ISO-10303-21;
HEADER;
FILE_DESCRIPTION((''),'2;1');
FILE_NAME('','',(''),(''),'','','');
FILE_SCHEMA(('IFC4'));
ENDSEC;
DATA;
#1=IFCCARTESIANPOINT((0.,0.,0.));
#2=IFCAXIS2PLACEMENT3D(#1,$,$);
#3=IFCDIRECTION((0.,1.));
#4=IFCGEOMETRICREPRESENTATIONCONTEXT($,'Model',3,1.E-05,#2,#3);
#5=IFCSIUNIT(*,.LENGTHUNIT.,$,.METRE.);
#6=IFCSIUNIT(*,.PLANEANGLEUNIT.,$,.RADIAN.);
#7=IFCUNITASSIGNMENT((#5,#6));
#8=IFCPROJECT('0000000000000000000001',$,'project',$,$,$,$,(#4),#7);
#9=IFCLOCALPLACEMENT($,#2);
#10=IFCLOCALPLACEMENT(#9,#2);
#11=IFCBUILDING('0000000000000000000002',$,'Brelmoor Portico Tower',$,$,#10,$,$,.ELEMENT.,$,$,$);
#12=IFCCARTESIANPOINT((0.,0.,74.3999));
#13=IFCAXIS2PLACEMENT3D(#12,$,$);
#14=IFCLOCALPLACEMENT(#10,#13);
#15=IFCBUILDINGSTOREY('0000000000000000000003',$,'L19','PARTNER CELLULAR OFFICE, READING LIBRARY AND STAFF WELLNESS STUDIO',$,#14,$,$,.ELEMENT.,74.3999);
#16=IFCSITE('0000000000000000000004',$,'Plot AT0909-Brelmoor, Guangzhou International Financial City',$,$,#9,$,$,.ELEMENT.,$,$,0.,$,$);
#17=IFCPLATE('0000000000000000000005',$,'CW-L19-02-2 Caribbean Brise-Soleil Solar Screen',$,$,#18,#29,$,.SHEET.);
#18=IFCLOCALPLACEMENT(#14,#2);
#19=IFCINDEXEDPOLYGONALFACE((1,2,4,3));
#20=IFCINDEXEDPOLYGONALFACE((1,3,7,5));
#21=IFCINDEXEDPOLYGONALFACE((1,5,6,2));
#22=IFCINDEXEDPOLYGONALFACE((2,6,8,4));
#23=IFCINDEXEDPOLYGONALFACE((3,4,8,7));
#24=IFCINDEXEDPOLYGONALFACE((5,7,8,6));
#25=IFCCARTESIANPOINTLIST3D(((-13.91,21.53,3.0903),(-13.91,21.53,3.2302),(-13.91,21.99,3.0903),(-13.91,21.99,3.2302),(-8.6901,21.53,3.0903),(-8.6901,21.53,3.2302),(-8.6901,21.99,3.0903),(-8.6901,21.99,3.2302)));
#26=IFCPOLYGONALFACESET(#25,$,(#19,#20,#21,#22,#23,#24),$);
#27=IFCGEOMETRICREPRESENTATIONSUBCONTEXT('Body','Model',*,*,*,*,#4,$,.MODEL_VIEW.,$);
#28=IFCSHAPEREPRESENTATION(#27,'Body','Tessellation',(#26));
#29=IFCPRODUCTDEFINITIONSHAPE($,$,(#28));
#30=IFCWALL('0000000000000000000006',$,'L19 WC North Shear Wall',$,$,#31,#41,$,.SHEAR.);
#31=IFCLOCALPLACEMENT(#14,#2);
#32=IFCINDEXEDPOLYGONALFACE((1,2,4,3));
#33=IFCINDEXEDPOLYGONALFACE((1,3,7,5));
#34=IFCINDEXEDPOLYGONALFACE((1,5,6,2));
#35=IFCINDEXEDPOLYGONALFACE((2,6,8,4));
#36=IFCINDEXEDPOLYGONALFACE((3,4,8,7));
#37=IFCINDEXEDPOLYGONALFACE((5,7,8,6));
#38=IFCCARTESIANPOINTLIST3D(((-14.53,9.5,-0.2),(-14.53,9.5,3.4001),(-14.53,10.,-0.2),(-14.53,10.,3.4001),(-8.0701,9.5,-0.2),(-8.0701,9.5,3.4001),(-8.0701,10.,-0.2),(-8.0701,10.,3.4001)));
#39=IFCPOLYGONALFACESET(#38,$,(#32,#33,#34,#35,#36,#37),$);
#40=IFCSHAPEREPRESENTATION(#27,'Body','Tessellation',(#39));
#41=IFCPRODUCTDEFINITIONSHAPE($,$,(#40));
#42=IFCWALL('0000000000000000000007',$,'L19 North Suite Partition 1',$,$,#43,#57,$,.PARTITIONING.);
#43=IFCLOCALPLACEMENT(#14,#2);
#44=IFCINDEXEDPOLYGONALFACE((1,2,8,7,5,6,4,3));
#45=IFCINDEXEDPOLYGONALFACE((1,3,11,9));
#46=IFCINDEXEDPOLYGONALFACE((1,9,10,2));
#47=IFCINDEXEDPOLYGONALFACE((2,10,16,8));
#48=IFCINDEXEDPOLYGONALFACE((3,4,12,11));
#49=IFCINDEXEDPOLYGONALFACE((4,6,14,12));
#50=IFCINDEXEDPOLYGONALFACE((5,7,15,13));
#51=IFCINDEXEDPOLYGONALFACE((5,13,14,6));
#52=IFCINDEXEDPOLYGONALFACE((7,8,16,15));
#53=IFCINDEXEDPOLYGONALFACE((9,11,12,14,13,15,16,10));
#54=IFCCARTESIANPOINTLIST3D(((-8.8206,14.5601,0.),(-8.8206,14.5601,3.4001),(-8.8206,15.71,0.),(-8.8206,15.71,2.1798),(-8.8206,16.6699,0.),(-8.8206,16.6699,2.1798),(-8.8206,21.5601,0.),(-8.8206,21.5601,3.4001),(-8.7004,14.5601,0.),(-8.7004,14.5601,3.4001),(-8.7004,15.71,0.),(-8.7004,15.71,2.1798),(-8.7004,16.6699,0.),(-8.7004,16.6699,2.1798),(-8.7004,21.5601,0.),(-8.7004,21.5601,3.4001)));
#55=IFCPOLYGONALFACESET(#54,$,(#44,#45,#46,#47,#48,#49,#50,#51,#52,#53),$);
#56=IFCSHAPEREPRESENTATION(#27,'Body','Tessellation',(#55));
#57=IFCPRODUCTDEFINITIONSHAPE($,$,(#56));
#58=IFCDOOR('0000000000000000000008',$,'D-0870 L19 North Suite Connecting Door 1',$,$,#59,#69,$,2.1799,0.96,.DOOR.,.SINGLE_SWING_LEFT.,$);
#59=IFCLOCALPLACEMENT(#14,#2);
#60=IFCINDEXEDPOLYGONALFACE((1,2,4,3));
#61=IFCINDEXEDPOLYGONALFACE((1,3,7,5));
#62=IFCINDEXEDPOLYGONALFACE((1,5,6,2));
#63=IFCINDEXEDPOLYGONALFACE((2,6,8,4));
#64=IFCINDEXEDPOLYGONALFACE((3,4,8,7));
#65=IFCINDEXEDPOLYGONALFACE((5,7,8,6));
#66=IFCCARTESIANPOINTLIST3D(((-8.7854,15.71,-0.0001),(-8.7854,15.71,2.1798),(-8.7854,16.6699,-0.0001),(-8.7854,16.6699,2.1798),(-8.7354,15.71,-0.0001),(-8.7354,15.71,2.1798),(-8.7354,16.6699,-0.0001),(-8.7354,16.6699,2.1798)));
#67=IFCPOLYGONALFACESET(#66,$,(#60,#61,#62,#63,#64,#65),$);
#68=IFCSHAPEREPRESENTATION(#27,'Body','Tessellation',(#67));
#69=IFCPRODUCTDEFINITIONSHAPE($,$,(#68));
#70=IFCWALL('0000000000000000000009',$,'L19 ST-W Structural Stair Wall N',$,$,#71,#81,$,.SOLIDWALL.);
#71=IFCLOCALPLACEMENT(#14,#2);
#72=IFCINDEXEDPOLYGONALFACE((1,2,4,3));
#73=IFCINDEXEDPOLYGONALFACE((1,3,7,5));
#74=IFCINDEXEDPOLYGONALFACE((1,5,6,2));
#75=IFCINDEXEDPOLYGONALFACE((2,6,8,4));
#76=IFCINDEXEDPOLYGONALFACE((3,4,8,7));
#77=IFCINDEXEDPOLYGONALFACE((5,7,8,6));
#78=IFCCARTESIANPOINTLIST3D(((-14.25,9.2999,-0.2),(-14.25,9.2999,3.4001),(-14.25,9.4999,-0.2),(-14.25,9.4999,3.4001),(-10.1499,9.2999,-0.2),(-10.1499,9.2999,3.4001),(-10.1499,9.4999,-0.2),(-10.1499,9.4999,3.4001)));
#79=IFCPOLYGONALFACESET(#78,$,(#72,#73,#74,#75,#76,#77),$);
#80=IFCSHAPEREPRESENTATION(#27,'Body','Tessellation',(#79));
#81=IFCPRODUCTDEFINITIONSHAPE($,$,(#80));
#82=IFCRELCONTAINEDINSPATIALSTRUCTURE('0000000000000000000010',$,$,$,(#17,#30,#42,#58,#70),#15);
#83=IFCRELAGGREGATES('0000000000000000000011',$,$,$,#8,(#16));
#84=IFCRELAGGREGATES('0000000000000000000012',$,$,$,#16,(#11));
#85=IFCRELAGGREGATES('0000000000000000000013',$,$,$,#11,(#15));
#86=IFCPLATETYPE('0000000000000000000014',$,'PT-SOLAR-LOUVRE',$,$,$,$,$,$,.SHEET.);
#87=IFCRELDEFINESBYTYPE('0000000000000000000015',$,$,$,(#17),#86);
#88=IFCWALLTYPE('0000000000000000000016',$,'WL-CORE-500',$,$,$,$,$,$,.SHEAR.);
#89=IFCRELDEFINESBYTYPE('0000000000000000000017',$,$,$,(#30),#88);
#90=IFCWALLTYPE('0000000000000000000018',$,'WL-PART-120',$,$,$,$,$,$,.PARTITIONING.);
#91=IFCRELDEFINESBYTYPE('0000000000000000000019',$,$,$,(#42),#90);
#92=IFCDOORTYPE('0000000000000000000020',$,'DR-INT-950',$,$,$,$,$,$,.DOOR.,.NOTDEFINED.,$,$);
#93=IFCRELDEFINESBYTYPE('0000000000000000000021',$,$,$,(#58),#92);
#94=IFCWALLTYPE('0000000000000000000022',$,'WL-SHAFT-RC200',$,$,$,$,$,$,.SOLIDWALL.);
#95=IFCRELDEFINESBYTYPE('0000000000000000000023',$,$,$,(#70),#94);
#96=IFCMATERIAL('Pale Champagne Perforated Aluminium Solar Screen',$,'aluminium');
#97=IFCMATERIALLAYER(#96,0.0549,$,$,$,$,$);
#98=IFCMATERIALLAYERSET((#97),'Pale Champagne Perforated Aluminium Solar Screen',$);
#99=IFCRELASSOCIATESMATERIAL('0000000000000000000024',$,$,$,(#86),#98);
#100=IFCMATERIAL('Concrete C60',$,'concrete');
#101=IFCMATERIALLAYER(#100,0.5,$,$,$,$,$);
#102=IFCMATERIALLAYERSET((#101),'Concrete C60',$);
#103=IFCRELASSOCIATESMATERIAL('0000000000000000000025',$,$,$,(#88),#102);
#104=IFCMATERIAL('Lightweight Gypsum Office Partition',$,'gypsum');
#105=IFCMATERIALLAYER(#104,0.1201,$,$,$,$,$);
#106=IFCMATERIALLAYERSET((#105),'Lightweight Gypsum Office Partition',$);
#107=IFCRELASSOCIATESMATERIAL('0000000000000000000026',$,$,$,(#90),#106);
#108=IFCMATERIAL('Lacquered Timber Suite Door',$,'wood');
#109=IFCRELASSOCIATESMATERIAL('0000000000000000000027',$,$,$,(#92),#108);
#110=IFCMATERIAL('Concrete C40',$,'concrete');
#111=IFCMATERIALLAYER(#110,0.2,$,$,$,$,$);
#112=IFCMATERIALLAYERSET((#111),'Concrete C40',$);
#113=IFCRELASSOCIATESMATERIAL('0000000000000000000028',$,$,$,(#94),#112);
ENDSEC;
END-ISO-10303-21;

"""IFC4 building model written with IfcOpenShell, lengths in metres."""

from ifc_helpers import new_model, si_unit, direction, frame, frame_2d, origin, origin_2d, place, context, subcontext, project, spatial, rectangle, extrude, material, layer, layer_set, type_object, element, fill, save


model = new_model("IFC4")

# Units and contexts
model_context = context("Model", 3, precision=1e-05, world=origin(), true_north=direction((0.0, 1.0)))
body_context = subcontext(model_context, "Body", "Model", "MODEL_VIEW")
ifc_project = project(units=[si_unit("LENGTHUNIT", "METRE"), si_unit("PLANEANGLEUNIT", "RADIAN")], contexts=[model_context])

# Site, building, storey
site_placement = place(None, origin())
site = spatial("IfcSite", under=ifc_project, at=site_placement, Name="Plot AT0909-Brelmoor, Guangzhou International Financial City", CompositionType="ELEMENT", RefElevation=0.0)
building_placement = place(site_placement, origin())
building = spatial("IfcBuilding", under=site, at=building_placement, Name="Brelmoor Portico Tower", CompositionType="ELEMENT")
storey_placement = place(building_placement, frame((0.0, 0.0, 74.3999)))
storey = spatial("IfcBuildingStorey", under=building, at=storey_placement, Name="L19", Description="PARTNER CELLULAR OFFICE, READING LIBRARY AND STAFF WELLNESS STUDIO", CompositionType="ELEMENT", Elevation=74.3999)

# Plate
ifc_material_1 = material(Name="Pale Champagne Perforated Aluminium Solar Screen", Category="aluminium")
ifc_layer_1 = layer(ifc_material_1, 0.0549)
ifc_layer_set_1 = layer_set([ifc_layer_1], Name="Pale Champagne Perforated Aluminium Solar Screen")
plate_type_1 = type_object("IfcPlateType", Name="PT-SOLAR-LOUVRE", PredefinedType="SHEET", material=ifc_layer_set_1)
for number, where, z_axis, x_axis, name in (
    (1, (-11.3, 21.76, 3.0903), (0.0, 0.0, 1.0), (1.0, 0.0, 0.0), "CW-L19-02-2 Caribbean Brise-Soleil Solar Screen"),
):
    element("IfcPlate", number, at=place(storey_placement, frame(where, z_axis=z_axis, x_axis=x_axis)), inside=storey, type_object=plate_type_1, Name=name, PredefinedType="SHEET", context=body_context, shape_type="SweptSolid", body=[
        extrude(rectangle(XDim=5.22, YDim=0.46, at=origin_2d()), origin(), (0.0, 0.0, 1.0), 0.1399),
    ])

# Wall
ifc_material_2 = material(Name="Concrete C60", Category="concrete")
ifc_layer_2 = layer(ifc_material_2, 0.5)
ifc_layer_set_2 = layer_set([ifc_layer_2], Name="Concrete C60")
wall_type_1 = type_object("IfcWallType", Name="WL-CORE-500", PredefinedType="SHEAR", material=ifc_layer_set_2)
wall_1_placement = place(storey_placement, frame((-14.53, 9.75, -0.2), z_axis=(0.0, 0.0, 1.0), x_axis=(1.0, 0.0, 0.0)))
element("IfcWall", 2, at=wall_1_placement, inside=storey, type_object=wall_type_1, Name="L19 WC North Shear Wall", PredefinedType="SHEAR", context=body_context, shape_type="SweptSolid", body=[
    extrude(rectangle(XDim=6.46, YDim=0.5, at=frame_2d((3.23, 0.0))), origin(), (0.0, 0.0, 1.0), 3.6001),
])

# Wall, opening, door
ifc_material_3 = material(Name="Lightweight Gypsum Office Partition", Category="gypsum")
ifc_layer_3 = layer(ifc_material_3, 0.1201)
ifc_layer_set_3 = layer_set([ifc_layer_3], Name="Lightweight Gypsum Office Partition")
wall_type_2 = type_object("IfcWallType", Name="WL-PART-120", PredefinedType="PARTITIONING", material=ifc_layer_set_3)
wall_2_placement = place(storey_placement, frame((-8.7605, 14.5601, 0.0), z_axis=(0.0, 0.0, 1.0), x_axis=(0.0, 1.0, 0.0)))
wall_2 = element("IfcWall", 3, at=wall_2_placement, inside=storey, type_object=wall_type_2, Name="L19 North Suite Partition 1", PredefinedType="PARTITIONING", context=body_context, shape_type="SweptSolid", body=[
    extrude(rectangle(XDim=7.0, YDim=0.1201, at=frame_2d((3.5, 0.0))), origin(), (0.0, 0.0, 1.0), 3.4001),
])
opening_placement = place(wall_2_placement, frame((1.1499, 0.0, 0.0)))
opening = element("IfcOpeningElement", 4, at=opening_placement, cuts=wall_2, PredefinedType="OPENING", context=body_context, shape_type="SweptSolid", body=[
    extrude(rectangle(XDim=0.96, YDim=2.1799, at=frame_2d((0.48, 1.0898))), frame((0.0, 0.0701, 0.0), z_axis=(0.0, -1.0, 0.0), x_axis=(1.0, 0.0, 0.0)), (0.0, 0.0, 1.0), 0.1401),
])
ifc_material_4 = material(Name="Lacquered Timber Suite Door", Category="wood")
door_type = type_object("IfcDoorType", Name="DR-INT-950", OperationType="NOTDEFINED", PredefinedType="DOOR", material=ifc_material_4)
door_placement = place(opening_placement, origin())
door = element("IfcDoor", 5, at=door_placement, inside=storey, type_object=door_type, Name="D-0870 L19 North Suite Connecting Door 1", OperationType="SINGLE_SWING_LEFT", OverallHeight=2.1799, OverallWidth=0.96, PredefinedType="DOOR", context=body_context, shape_type="SweptSolid", body=[
    extrude(rectangle(XDim=0.96, YDim=2.1799, at=frame_2d((0.48, 1.0898))), frame((0.0, 0.0249, 0.0), z_axis=(0.0, -1.0, 0.0), x_axis=(1.0, 0.0, 0.0)), (0.0, 0.0, 1.0), 0.05),
])
fill(opening, door)

# Wall
ifc_material_5 = material(Name="Concrete C40", Category="concrete")
ifc_layer_4 = layer(ifc_material_5, 0.2)
ifc_layer_set_4 = layer_set([ifc_layer_4], Name="Concrete C40")
wall_type_3 = type_object("IfcWallType", Name="WL-SHAFT-RC200", PredefinedType="SOLIDWALL", material=ifc_layer_set_4)
wall_3_placement = place(storey_placement, frame((-14.25, 9.3999, -0.2), z_axis=(0.0, 0.0, 1.0), x_axis=(1.0, 0.0, 0.0)))
element("IfcWall", 6, at=wall_3_placement, inside=storey, type_object=wall_type_3, Name="L19 ST-W Structural Stair Wall N", PredefinedType="SOLIDWALL", context=body_context, shape_type="SweptSolid", body=[
    extrude(rectangle(XDim=4.1001, YDim=0.2, at=frame_2d((2.05, 0.0))), origin(), (0.0, 0.0, 1.0), 3.6001),
])

save(model, "model.ifc")
